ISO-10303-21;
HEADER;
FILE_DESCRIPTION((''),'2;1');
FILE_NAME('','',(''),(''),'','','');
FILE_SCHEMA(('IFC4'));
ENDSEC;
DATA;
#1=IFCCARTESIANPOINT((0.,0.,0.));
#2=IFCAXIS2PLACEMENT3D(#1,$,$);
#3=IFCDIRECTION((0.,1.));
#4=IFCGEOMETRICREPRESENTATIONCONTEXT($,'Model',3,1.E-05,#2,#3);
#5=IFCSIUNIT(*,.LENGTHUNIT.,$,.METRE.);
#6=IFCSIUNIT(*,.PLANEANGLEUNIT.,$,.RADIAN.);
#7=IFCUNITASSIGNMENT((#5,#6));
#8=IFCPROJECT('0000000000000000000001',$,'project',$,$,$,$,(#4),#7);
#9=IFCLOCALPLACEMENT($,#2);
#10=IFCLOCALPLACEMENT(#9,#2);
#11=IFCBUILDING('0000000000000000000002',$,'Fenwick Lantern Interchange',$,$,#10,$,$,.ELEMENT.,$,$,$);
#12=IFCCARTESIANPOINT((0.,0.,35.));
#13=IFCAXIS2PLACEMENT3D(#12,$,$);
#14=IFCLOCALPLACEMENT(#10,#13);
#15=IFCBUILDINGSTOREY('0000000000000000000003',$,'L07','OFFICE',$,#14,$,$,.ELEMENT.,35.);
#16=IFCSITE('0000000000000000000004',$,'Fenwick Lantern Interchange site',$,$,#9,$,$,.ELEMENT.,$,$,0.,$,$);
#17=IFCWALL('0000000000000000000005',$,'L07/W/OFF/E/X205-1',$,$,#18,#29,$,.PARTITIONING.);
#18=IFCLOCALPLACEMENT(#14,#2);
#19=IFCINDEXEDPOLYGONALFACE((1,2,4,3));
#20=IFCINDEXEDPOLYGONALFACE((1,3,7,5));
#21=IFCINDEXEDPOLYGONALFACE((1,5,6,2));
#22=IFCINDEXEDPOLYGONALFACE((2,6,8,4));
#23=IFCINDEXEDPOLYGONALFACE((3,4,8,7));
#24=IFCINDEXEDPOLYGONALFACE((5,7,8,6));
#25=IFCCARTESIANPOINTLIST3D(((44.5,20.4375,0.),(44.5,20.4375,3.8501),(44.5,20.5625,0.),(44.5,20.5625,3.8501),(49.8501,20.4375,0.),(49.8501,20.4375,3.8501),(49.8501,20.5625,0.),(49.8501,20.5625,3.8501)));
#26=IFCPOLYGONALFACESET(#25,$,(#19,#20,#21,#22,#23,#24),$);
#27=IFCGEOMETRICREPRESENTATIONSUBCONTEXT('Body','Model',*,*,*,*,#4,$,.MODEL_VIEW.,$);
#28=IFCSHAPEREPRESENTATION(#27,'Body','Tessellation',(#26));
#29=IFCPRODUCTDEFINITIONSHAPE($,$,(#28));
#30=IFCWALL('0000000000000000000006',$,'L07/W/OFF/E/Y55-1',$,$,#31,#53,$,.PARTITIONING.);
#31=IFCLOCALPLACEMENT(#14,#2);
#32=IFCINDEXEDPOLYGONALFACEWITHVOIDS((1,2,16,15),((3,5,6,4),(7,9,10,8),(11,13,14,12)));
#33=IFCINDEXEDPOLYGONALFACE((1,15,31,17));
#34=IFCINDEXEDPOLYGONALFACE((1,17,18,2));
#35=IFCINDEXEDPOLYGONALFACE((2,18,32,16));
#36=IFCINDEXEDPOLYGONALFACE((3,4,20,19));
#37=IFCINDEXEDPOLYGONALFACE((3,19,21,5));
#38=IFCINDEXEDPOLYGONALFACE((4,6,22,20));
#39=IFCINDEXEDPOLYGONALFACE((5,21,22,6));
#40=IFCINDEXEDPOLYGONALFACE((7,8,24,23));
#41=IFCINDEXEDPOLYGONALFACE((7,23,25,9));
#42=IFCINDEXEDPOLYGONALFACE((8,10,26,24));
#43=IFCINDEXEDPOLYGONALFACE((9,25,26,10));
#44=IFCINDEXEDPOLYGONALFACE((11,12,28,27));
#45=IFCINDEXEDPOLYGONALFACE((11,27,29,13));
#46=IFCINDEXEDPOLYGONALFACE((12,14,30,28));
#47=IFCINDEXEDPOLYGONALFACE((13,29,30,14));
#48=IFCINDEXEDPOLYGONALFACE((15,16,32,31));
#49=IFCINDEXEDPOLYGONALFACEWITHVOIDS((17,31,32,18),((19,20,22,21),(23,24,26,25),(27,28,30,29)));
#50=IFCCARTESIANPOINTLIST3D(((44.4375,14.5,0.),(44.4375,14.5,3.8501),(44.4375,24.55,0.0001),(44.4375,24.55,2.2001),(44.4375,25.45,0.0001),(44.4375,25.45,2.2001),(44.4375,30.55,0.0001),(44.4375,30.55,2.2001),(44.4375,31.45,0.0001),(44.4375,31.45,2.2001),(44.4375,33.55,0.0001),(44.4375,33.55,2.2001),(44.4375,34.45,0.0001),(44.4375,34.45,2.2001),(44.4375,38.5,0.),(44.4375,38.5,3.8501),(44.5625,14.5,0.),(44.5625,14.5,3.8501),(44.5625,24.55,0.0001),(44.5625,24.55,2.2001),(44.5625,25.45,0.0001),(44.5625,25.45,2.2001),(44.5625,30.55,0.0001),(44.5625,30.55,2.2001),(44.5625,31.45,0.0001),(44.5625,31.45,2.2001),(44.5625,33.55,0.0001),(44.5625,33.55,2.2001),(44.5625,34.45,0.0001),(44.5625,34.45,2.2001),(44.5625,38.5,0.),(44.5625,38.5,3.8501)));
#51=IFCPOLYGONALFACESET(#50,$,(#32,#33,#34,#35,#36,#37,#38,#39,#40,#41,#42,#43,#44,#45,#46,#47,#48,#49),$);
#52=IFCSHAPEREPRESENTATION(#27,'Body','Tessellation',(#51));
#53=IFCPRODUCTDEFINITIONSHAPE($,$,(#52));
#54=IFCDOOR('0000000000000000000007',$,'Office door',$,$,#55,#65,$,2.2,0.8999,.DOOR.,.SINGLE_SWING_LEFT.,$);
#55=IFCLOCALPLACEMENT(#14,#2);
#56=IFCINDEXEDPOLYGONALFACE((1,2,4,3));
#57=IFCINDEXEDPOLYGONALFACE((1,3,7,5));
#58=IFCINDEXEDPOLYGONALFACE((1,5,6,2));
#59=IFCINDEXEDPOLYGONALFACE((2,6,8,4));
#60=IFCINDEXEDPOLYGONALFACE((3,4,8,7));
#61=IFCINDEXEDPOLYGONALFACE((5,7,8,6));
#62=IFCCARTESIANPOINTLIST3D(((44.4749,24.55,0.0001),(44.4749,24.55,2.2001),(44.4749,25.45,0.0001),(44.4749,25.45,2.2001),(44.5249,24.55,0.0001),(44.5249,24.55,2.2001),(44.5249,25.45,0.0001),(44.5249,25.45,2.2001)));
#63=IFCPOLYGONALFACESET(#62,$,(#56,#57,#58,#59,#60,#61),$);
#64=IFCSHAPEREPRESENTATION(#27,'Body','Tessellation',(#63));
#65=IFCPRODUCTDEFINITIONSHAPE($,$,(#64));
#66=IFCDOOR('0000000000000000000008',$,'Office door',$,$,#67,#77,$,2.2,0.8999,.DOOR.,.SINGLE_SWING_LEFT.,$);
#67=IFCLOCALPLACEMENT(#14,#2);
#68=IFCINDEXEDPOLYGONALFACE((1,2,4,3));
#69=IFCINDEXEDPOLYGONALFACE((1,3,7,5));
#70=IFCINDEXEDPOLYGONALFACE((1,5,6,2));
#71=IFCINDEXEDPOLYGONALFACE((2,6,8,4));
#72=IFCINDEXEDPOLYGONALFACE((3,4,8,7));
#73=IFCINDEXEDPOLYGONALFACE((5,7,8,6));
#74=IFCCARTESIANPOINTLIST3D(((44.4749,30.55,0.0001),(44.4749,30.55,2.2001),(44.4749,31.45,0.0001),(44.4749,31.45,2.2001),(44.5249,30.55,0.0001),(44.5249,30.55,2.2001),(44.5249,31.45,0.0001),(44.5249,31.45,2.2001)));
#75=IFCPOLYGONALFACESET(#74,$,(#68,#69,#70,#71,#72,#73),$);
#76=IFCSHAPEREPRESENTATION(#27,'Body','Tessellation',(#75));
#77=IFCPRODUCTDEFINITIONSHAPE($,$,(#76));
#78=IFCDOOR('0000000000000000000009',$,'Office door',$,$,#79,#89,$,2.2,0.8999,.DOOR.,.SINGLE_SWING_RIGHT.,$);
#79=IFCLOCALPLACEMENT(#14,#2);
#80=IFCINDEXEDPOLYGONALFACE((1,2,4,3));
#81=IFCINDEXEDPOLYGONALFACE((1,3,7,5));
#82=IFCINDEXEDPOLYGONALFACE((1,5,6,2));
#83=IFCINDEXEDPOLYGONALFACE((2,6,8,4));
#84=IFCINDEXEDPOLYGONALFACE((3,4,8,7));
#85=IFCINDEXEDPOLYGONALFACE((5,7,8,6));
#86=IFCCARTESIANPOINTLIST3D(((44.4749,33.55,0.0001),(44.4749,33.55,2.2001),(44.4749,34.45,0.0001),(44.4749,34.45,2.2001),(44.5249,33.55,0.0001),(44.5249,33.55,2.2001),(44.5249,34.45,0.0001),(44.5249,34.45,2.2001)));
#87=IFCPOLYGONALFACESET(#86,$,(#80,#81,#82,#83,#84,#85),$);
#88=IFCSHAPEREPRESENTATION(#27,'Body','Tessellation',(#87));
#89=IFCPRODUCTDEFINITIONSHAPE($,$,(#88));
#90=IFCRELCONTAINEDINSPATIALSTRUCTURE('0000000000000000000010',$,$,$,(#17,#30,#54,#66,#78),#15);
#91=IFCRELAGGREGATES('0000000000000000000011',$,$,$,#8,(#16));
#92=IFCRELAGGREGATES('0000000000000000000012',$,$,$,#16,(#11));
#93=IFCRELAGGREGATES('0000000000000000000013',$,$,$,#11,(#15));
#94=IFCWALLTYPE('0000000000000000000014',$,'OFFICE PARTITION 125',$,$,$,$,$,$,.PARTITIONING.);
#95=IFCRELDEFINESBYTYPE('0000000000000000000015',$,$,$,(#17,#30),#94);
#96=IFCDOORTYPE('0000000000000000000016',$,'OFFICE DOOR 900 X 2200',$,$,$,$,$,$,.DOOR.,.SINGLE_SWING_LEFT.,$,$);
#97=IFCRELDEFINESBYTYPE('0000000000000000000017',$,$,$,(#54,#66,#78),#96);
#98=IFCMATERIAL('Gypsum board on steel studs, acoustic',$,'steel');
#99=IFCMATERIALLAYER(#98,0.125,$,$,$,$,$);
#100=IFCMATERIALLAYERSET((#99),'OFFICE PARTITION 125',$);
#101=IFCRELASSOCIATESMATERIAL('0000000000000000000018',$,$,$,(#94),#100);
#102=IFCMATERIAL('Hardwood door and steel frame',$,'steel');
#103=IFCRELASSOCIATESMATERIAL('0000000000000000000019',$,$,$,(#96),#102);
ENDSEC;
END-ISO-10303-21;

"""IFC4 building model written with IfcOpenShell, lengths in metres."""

from ifc_helpers import new_model, si_unit, direction, frame, frame_2d, origin, place, context, subcontext, project, spatial, rectangle, extrude, material, layer, layer_set, type_object, element, fill, save


model = new_model("IFC4")

# Units and contexts
model_context = context("Model", 3, precision=1e-05, world=origin(), true_north=direction((0.0, 1.0)))
body_context = subcontext(model_context, "Body", "Model", "MODEL_VIEW")
ifc_project = project(units=[si_unit("LENGTHUNIT", "METRE"), si_unit("PLANEANGLEUNIT", "RADIAN")], contexts=[model_context])

# Site, building, storey
site_placement = place(None, origin())
site = spatial("IfcSite", under=ifc_project, at=site_placement, Name="Fenwick Lantern Interchange site", CompositionType="ELEMENT", RefElevation=0.0)
building_placement = place(site_placement, origin())
building = spatial("IfcBuilding", under=site, at=building_placement, Name="Fenwick Lantern Interchange", CompositionType="ELEMENT")
storey_placement = place(building_placement, frame((0.0, 0.0, 35.0)))
storey = spatial("IfcBuildingStorey", under=building, at=storey_placement, Name="L07", Description="OFFICE", CompositionType="ELEMENT", Elevation=35.0)

# Shared definitions
ifc_material_1 = material(Name="Gypsum board on steel studs, acoustic", Category="steel")
ifc_layer_1 = layer(ifc_material_1, 0.125)
ifc_layer_set_1 = layer_set([ifc_layer_1], Name="OFFICE PARTITION 125")
wall_type = type_object("IfcWallType", Name="OFFICE PARTITION 125", PredefinedType="PARTITIONING", material=ifc_layer_set_1)
ifc_material_2 = material(Name="Hardwood door and steel frame", Category="steel")
door_type = type_object("IfcDoorType", Name="OFFICE DOOR 900 X 2200", OperationType="SINGLE_SWING_LEFT", PredefinedType="DOOR", material=ifc_material_2)

# Wall
wall_1_placement = place(storey_placement, frame((49.8501, 20.5, 0.0), z_axis=(0.0, 0.0, 1.0), x_axis=(-1.0, 0.0, 0.0)))
element("IfcWall", 1, at=wall_1_placement, inside=storey, type_object=wall_type, Name="L07/W/OFF/E/X205-1", PredefinedType="PARTITIONING", context=body_context, shape_type="SweptSolid", body=[
    extrude(rectangle(XDim=5.3501, YDim=0.125, at=frame_2d((2.675, 0.0))), origin(), (0.0, 0.0, 1.0), 3.8501),
])

# Wall, openings, doors
wall_2_placement = place(storey_placement, frame((44.5, 14.5, 0.0), z_axis=(0.0, 0.0, 1.0), x_axis=(0.0, 1.0, 0.0)))
wall_2 = element("IfcWall", 2, at=wall_2_placement, inside=storey, type_object=wall_type, Name="L07/W/OFF/E/Y55-1", PredefinedType="PARTITIONING", context=body_context, shape_type="SweptSolid", body=[
    extrude(rectangle(XDim=24.0, YDim=0.125, at=frame_2d((12.0, 0.0))), origin(), (0.0, 0.0, 1.0), 3.8501),
])
opening_1_placement = place(wall_2_placement, frame((10.05, 0.0, 0.0)))
opening_1 = element("IfcOpeningElement", 3, at=opening_1_placement, cuts=wall_2, PredefinedType="OPENING", context=body_context, shape_type="SweptSolid", body=[
    extrude(rectangle(XDim=0.8999, YDim=2.2, at=frame_2d((0.45, 1.1001))), frame((0.0, 0.0725, 0.0), z_axis=(0.0, -1.0, 0.0), x_axis=(1.0, 0.0, 0.0)), (0.0, 0.0, 1.0), 0.145),
])
opening_2_placement = place(wall_2_placement, frame((16.05, 0.0, 0.0)))
opening_2 = element("IfcOpeningElement", 4, at=opening_2_placement, cuts=wall_2, PredefinedType="OPENING", context=body_context, shape_type="SweptSolid", body=[
    extrude(rectangle(XDim=0.8999, YDim=2.2, at=frame_2d((0.45, 1.1001))), frame((0.0, 0.0725, 0.0), z_axis=(0.0, -1.0, 0.0), x_axis=(1.0, 0.0, 0.0)), (0.0, 0.0, 1.0), 0.145),
])
opening_3_placement = place(wall_2_placement, frame((19.05, 0.0, 0.0)))
opening_3 = element("IfcOpeningElement", 5, at=opening_3_placement, cuts=wall_2, PredefinedType="OPENING", context=body_context, shape_type="SweptSolid", body=[
    extrude(rectangle(XDim=0.8999, YDim=2.2, at=frame_2d((0.45, 1.1001))), frame((0.0, 0.0725, 0.0), z_axis=(0.0, -1.0, 0.0), x_axis=(1.0, 0.0, 0.0)), (0.0, 0.0, 1.0), 0.145),
])
door_1_placement = place(opening_1_placement, frame((0.8999, 0.0, 0.0), z_axis=(0.0, 0.0, 1.0), x_axis=(-1.0, 0.0, 0.0)))
door_1 = element("IfcDoor", 6, at=door_1_placement, inside=storey, type_object=door_type, Name="Office door", OperationType="SINGLE_SWING_LEFT", OverallHeight=2.2, OverallWidth=0.8999, PredefinedType="DOOR", context=body_context, shape_type="SweptSolid", body=[
    extrude(rectangle(XDim=0.8999, YDim=2.2, at=frame_2d((0.45, 1.1001))), frame((0.0, 0.0249, 0.0), z_axis=(0.0, -1.0, 0.0), x_axis=(1.0, 0.0, 0.0)), (0.0, 0.0, 1.0), 0.05),
])
fill(opening_1, door_1)
door_2_placement = place(opening_2_placement, frame((0.8999, 0.0, 0.0), z_axis=(0.0, 0.0, 1.0), x_axis=(-1.0, 0.0, 0.0)))
door_2 = element("IfcDoor", 7, at=door_2_placement, inside=storey, type_object=door_type, Name="Office door", OperationType="SINGLE_SWING_LEFT", OverallHeight=2.2, OverallWidth=0.8999, PredefinedType="DOOR", context=body_context, shape_type="SweptSolid", body=[
    extrude(rectangle(XDim=0.8999, YDim=2.2, at=frame_2d((0.45, 1.1001))), frame((0.0, 0.0249, 0.0), z_axis=(0.0, -1.0, 0.0), x_axis=(1.0, 0.0, 0.0)), (0.0, 0.0, 1.0), 0.05),
])
fill(opening_2, door_2)
door_3_placement = place(opening_3_placement, frame((0.8999, 0.0, 0.0), z_axis=(0.0, 0.0, 1.0), x_axis=(-1.0, 0.0, 0.0)))
door_3 = element("IfcDoor", 8, at=door_3_placement, inside=storey, type_object=door_type, Name="Office door", OperationType="SINGLE_SWING_RIGHT", OverallHeight=2.2, OverallWidth=0.8999, PredefinedType="DOOR", context=body_context, shape_type="SweptSolid", body=[
    extrude(rectangle(XDim=0.8999, YDim=2.2, at=frame_2d((0.45, 1.1001))), frame((0.0, 0.0249, 0.0), z_axis=(0.0, -1.0, 0.0), x_axis=(1.0, 0.0, 0.0)), (0.0, 0.0, 1.0), 0.05),
])
fill(opening_3, door_3)

save(model, "model.ifc")
